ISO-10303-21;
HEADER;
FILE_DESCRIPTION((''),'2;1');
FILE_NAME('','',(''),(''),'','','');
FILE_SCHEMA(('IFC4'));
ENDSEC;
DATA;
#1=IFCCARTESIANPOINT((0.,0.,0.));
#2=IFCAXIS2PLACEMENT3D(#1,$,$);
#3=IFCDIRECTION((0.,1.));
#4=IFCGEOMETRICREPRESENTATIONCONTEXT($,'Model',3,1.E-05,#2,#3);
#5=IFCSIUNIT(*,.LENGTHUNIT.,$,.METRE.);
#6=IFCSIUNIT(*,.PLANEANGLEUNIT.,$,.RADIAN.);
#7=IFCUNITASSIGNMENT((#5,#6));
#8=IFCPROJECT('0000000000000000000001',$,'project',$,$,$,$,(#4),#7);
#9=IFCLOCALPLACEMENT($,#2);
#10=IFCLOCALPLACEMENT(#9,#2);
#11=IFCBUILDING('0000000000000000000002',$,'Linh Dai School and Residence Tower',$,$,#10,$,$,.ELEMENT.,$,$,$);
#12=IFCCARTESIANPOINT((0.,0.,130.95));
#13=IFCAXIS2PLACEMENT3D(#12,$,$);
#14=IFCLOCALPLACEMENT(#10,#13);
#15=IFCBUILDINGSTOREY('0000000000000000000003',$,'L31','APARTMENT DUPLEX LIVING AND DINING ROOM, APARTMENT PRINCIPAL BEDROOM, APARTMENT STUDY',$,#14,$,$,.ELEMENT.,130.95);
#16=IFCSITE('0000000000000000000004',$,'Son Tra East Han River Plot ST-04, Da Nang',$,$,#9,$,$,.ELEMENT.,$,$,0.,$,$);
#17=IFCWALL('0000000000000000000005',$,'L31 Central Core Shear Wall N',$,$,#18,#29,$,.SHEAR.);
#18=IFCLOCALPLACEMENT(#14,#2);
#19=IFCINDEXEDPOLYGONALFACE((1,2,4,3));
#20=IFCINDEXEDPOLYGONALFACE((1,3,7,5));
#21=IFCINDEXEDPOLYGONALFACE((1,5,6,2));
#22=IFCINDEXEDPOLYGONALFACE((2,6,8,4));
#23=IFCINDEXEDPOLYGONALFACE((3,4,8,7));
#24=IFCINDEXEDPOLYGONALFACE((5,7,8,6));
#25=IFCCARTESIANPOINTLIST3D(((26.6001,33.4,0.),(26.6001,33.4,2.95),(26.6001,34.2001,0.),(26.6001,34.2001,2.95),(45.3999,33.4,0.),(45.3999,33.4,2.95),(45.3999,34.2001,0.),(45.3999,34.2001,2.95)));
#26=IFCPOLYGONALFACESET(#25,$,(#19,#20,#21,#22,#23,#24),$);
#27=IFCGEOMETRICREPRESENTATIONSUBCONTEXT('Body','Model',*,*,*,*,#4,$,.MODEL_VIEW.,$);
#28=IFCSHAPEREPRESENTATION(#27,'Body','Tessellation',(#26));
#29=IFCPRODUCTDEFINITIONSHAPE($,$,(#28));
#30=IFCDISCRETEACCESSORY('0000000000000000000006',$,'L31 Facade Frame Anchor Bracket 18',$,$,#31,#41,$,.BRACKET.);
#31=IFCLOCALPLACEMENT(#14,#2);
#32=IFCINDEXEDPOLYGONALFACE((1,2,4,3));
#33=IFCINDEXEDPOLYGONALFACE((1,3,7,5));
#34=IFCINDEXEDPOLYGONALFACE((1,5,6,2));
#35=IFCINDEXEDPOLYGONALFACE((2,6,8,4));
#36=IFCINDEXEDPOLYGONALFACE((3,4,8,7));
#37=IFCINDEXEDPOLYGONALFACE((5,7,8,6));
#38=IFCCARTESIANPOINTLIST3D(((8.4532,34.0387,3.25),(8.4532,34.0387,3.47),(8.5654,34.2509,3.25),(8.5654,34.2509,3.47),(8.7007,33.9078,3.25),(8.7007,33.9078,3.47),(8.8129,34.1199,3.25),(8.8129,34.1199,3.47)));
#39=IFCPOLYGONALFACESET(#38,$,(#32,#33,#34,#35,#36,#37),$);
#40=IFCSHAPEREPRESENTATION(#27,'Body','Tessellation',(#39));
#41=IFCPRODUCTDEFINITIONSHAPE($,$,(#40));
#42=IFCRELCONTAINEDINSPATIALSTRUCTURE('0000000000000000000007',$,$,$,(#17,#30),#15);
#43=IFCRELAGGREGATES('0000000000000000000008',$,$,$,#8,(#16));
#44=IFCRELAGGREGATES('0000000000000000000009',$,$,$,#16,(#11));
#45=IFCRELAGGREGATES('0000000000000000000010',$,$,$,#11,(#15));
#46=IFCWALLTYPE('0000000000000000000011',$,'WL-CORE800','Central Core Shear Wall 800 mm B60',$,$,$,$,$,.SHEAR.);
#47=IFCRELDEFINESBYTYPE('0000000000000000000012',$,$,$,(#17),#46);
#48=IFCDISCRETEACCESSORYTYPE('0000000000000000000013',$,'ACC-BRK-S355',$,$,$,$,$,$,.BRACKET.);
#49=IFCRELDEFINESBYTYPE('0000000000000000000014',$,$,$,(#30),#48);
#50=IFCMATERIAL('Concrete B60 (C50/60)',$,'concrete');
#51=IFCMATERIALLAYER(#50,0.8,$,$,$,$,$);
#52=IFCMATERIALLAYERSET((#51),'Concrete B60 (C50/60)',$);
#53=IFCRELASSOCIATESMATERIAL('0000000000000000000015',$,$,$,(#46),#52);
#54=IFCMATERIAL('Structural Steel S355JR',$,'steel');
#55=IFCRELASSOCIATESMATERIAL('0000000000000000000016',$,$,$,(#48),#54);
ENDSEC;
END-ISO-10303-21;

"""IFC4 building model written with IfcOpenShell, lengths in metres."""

from ifc_helpers import new_model, si_unit, direction, frame, frame_2d, origin, origin_2d, place, context, subcontext, project, spatial, rectangle, extrude, source, transform, mapped, material, layer, layer_set, type_object, element, save


model = new_model("IFC4")

# Units and contexts
model_context = context("Model", 3, precision=1e-05, world=origin(), true_north=direction((0.0, 1.0)))
body_context = subcontext(model_context, "Body", "Model", "MODEL_VIEW")
ifc_project = project(units=[si_unit("LENGTHUNIT", "METRE"), si_unit("PLANEANGLEUNIT", "RADIAN")], contexts=[model_context])

# Site, building, storey
site_placement = place(None, origin())
site = spatial("IfcSite", under=ifc_project, at=site_placement, Name="Son Tra East Han River Plot ST-04, Da Nang", CompositionType="ELEMENT", RefElevation=0.0)
building_placement = place(site_placement, origin())
building = spatial("IfcBuilding", under=site, at=building_placement, Name="Linh Dai School and Residence Tower", CompositionType="ELEMENT")
storey_placement = place(building_placement, frame((0.0, 0.0, 130.95)))
storey = spatial("IfcBuildingStorey", under=building, at=storey_placement, Name="L31", Description="APARTMENT DUPLEX LIVING AND DINING ROOM, APARTMENT PRINCIPAL BEDROOM, APARTMENT STUDY", CompositionType="ELEMENT", Elevation=130.95)

# Shared definitions
ifc_material_1 = material(Name="Concrete B60 (C50/60)", Category="concrete")
ifc_material_2 = material(Name="Structural Steel S355JR", Category="steel")

# Wall
ifc_layer_1 = layer(ifc_material_1, 0.8)
ifc_layer_set_1 = layer_set([ifc_layer_1], Name="Concrete B60 (C50/60)")
wall_type_1 = type_object("IfcWallType", Name="WL-CORE800", Description="Central Core Shear Wall 800 mm B60", PredefinedType="SHEAR", material=ifc_layer_set_1)
wall_1_placement = place(storey_placement, frame((26.6001, 33.8, 0.0), z_axis=(0.0, 0.0, 1.0), x_axis=(1.0, 0.0, 0.0)))
element("IfcWall", 1, at=wall_1_placement, inside=storey, type_object=wall_type_1, Name="L31 Central Core Shear Wall N", PredefinedType="SHEAR", context=body_context, shape_type="SweptSolid", body=[
    extrude(rectangle(XDim=18.7998, YDim=0.8, at=frame_2d((9.3999, 0.0))), origin(), (0.0, 0.0, 1.0), 2.95),
])

# Discrete accessory
discrete_accessory_type = type_object("IfcDiscreteAccessoryType", Name="ACC-BRK-S355", PredefinedType="BRACKET", material=ifc_material_2)
shared_shape_1 = source(origin(), body_context, "Body", "SweptSolid", [
    extrude(rectangle(XDim=0.28, YDim=0.24, at=origin_2d()), origin(), (0.0, 0.0, 1.0), 0.22),
])
discrete_accessory_placement = place(storey_placement, frame((8.6331, 34.0793, 3.25), z_axis=(0.0, 0.0, 1.0), x_axis=(-0.883942, 0.467596, 0.0)))
element("IfcDiscreteAccessory", 2, at=discrete_accessory_placement, inside=storey, type_object=discrete_accessory_type, Name="L31 Facade Frame Anchor Bracket 18", PredefinedType="BRACKET", context=body_context, shape_type="MappedRepresentation", body=[
    mapped(shared_shape_1, transform((0.0, 0.0, 0.0), x_axis=(1.0, 0.0, 0.0), y_axis=(0.0, 1.0, 0.0), z_axis=(0.0, 0.0, 1.0), scale=1.0)),
])

save(model, "model.ifc")
